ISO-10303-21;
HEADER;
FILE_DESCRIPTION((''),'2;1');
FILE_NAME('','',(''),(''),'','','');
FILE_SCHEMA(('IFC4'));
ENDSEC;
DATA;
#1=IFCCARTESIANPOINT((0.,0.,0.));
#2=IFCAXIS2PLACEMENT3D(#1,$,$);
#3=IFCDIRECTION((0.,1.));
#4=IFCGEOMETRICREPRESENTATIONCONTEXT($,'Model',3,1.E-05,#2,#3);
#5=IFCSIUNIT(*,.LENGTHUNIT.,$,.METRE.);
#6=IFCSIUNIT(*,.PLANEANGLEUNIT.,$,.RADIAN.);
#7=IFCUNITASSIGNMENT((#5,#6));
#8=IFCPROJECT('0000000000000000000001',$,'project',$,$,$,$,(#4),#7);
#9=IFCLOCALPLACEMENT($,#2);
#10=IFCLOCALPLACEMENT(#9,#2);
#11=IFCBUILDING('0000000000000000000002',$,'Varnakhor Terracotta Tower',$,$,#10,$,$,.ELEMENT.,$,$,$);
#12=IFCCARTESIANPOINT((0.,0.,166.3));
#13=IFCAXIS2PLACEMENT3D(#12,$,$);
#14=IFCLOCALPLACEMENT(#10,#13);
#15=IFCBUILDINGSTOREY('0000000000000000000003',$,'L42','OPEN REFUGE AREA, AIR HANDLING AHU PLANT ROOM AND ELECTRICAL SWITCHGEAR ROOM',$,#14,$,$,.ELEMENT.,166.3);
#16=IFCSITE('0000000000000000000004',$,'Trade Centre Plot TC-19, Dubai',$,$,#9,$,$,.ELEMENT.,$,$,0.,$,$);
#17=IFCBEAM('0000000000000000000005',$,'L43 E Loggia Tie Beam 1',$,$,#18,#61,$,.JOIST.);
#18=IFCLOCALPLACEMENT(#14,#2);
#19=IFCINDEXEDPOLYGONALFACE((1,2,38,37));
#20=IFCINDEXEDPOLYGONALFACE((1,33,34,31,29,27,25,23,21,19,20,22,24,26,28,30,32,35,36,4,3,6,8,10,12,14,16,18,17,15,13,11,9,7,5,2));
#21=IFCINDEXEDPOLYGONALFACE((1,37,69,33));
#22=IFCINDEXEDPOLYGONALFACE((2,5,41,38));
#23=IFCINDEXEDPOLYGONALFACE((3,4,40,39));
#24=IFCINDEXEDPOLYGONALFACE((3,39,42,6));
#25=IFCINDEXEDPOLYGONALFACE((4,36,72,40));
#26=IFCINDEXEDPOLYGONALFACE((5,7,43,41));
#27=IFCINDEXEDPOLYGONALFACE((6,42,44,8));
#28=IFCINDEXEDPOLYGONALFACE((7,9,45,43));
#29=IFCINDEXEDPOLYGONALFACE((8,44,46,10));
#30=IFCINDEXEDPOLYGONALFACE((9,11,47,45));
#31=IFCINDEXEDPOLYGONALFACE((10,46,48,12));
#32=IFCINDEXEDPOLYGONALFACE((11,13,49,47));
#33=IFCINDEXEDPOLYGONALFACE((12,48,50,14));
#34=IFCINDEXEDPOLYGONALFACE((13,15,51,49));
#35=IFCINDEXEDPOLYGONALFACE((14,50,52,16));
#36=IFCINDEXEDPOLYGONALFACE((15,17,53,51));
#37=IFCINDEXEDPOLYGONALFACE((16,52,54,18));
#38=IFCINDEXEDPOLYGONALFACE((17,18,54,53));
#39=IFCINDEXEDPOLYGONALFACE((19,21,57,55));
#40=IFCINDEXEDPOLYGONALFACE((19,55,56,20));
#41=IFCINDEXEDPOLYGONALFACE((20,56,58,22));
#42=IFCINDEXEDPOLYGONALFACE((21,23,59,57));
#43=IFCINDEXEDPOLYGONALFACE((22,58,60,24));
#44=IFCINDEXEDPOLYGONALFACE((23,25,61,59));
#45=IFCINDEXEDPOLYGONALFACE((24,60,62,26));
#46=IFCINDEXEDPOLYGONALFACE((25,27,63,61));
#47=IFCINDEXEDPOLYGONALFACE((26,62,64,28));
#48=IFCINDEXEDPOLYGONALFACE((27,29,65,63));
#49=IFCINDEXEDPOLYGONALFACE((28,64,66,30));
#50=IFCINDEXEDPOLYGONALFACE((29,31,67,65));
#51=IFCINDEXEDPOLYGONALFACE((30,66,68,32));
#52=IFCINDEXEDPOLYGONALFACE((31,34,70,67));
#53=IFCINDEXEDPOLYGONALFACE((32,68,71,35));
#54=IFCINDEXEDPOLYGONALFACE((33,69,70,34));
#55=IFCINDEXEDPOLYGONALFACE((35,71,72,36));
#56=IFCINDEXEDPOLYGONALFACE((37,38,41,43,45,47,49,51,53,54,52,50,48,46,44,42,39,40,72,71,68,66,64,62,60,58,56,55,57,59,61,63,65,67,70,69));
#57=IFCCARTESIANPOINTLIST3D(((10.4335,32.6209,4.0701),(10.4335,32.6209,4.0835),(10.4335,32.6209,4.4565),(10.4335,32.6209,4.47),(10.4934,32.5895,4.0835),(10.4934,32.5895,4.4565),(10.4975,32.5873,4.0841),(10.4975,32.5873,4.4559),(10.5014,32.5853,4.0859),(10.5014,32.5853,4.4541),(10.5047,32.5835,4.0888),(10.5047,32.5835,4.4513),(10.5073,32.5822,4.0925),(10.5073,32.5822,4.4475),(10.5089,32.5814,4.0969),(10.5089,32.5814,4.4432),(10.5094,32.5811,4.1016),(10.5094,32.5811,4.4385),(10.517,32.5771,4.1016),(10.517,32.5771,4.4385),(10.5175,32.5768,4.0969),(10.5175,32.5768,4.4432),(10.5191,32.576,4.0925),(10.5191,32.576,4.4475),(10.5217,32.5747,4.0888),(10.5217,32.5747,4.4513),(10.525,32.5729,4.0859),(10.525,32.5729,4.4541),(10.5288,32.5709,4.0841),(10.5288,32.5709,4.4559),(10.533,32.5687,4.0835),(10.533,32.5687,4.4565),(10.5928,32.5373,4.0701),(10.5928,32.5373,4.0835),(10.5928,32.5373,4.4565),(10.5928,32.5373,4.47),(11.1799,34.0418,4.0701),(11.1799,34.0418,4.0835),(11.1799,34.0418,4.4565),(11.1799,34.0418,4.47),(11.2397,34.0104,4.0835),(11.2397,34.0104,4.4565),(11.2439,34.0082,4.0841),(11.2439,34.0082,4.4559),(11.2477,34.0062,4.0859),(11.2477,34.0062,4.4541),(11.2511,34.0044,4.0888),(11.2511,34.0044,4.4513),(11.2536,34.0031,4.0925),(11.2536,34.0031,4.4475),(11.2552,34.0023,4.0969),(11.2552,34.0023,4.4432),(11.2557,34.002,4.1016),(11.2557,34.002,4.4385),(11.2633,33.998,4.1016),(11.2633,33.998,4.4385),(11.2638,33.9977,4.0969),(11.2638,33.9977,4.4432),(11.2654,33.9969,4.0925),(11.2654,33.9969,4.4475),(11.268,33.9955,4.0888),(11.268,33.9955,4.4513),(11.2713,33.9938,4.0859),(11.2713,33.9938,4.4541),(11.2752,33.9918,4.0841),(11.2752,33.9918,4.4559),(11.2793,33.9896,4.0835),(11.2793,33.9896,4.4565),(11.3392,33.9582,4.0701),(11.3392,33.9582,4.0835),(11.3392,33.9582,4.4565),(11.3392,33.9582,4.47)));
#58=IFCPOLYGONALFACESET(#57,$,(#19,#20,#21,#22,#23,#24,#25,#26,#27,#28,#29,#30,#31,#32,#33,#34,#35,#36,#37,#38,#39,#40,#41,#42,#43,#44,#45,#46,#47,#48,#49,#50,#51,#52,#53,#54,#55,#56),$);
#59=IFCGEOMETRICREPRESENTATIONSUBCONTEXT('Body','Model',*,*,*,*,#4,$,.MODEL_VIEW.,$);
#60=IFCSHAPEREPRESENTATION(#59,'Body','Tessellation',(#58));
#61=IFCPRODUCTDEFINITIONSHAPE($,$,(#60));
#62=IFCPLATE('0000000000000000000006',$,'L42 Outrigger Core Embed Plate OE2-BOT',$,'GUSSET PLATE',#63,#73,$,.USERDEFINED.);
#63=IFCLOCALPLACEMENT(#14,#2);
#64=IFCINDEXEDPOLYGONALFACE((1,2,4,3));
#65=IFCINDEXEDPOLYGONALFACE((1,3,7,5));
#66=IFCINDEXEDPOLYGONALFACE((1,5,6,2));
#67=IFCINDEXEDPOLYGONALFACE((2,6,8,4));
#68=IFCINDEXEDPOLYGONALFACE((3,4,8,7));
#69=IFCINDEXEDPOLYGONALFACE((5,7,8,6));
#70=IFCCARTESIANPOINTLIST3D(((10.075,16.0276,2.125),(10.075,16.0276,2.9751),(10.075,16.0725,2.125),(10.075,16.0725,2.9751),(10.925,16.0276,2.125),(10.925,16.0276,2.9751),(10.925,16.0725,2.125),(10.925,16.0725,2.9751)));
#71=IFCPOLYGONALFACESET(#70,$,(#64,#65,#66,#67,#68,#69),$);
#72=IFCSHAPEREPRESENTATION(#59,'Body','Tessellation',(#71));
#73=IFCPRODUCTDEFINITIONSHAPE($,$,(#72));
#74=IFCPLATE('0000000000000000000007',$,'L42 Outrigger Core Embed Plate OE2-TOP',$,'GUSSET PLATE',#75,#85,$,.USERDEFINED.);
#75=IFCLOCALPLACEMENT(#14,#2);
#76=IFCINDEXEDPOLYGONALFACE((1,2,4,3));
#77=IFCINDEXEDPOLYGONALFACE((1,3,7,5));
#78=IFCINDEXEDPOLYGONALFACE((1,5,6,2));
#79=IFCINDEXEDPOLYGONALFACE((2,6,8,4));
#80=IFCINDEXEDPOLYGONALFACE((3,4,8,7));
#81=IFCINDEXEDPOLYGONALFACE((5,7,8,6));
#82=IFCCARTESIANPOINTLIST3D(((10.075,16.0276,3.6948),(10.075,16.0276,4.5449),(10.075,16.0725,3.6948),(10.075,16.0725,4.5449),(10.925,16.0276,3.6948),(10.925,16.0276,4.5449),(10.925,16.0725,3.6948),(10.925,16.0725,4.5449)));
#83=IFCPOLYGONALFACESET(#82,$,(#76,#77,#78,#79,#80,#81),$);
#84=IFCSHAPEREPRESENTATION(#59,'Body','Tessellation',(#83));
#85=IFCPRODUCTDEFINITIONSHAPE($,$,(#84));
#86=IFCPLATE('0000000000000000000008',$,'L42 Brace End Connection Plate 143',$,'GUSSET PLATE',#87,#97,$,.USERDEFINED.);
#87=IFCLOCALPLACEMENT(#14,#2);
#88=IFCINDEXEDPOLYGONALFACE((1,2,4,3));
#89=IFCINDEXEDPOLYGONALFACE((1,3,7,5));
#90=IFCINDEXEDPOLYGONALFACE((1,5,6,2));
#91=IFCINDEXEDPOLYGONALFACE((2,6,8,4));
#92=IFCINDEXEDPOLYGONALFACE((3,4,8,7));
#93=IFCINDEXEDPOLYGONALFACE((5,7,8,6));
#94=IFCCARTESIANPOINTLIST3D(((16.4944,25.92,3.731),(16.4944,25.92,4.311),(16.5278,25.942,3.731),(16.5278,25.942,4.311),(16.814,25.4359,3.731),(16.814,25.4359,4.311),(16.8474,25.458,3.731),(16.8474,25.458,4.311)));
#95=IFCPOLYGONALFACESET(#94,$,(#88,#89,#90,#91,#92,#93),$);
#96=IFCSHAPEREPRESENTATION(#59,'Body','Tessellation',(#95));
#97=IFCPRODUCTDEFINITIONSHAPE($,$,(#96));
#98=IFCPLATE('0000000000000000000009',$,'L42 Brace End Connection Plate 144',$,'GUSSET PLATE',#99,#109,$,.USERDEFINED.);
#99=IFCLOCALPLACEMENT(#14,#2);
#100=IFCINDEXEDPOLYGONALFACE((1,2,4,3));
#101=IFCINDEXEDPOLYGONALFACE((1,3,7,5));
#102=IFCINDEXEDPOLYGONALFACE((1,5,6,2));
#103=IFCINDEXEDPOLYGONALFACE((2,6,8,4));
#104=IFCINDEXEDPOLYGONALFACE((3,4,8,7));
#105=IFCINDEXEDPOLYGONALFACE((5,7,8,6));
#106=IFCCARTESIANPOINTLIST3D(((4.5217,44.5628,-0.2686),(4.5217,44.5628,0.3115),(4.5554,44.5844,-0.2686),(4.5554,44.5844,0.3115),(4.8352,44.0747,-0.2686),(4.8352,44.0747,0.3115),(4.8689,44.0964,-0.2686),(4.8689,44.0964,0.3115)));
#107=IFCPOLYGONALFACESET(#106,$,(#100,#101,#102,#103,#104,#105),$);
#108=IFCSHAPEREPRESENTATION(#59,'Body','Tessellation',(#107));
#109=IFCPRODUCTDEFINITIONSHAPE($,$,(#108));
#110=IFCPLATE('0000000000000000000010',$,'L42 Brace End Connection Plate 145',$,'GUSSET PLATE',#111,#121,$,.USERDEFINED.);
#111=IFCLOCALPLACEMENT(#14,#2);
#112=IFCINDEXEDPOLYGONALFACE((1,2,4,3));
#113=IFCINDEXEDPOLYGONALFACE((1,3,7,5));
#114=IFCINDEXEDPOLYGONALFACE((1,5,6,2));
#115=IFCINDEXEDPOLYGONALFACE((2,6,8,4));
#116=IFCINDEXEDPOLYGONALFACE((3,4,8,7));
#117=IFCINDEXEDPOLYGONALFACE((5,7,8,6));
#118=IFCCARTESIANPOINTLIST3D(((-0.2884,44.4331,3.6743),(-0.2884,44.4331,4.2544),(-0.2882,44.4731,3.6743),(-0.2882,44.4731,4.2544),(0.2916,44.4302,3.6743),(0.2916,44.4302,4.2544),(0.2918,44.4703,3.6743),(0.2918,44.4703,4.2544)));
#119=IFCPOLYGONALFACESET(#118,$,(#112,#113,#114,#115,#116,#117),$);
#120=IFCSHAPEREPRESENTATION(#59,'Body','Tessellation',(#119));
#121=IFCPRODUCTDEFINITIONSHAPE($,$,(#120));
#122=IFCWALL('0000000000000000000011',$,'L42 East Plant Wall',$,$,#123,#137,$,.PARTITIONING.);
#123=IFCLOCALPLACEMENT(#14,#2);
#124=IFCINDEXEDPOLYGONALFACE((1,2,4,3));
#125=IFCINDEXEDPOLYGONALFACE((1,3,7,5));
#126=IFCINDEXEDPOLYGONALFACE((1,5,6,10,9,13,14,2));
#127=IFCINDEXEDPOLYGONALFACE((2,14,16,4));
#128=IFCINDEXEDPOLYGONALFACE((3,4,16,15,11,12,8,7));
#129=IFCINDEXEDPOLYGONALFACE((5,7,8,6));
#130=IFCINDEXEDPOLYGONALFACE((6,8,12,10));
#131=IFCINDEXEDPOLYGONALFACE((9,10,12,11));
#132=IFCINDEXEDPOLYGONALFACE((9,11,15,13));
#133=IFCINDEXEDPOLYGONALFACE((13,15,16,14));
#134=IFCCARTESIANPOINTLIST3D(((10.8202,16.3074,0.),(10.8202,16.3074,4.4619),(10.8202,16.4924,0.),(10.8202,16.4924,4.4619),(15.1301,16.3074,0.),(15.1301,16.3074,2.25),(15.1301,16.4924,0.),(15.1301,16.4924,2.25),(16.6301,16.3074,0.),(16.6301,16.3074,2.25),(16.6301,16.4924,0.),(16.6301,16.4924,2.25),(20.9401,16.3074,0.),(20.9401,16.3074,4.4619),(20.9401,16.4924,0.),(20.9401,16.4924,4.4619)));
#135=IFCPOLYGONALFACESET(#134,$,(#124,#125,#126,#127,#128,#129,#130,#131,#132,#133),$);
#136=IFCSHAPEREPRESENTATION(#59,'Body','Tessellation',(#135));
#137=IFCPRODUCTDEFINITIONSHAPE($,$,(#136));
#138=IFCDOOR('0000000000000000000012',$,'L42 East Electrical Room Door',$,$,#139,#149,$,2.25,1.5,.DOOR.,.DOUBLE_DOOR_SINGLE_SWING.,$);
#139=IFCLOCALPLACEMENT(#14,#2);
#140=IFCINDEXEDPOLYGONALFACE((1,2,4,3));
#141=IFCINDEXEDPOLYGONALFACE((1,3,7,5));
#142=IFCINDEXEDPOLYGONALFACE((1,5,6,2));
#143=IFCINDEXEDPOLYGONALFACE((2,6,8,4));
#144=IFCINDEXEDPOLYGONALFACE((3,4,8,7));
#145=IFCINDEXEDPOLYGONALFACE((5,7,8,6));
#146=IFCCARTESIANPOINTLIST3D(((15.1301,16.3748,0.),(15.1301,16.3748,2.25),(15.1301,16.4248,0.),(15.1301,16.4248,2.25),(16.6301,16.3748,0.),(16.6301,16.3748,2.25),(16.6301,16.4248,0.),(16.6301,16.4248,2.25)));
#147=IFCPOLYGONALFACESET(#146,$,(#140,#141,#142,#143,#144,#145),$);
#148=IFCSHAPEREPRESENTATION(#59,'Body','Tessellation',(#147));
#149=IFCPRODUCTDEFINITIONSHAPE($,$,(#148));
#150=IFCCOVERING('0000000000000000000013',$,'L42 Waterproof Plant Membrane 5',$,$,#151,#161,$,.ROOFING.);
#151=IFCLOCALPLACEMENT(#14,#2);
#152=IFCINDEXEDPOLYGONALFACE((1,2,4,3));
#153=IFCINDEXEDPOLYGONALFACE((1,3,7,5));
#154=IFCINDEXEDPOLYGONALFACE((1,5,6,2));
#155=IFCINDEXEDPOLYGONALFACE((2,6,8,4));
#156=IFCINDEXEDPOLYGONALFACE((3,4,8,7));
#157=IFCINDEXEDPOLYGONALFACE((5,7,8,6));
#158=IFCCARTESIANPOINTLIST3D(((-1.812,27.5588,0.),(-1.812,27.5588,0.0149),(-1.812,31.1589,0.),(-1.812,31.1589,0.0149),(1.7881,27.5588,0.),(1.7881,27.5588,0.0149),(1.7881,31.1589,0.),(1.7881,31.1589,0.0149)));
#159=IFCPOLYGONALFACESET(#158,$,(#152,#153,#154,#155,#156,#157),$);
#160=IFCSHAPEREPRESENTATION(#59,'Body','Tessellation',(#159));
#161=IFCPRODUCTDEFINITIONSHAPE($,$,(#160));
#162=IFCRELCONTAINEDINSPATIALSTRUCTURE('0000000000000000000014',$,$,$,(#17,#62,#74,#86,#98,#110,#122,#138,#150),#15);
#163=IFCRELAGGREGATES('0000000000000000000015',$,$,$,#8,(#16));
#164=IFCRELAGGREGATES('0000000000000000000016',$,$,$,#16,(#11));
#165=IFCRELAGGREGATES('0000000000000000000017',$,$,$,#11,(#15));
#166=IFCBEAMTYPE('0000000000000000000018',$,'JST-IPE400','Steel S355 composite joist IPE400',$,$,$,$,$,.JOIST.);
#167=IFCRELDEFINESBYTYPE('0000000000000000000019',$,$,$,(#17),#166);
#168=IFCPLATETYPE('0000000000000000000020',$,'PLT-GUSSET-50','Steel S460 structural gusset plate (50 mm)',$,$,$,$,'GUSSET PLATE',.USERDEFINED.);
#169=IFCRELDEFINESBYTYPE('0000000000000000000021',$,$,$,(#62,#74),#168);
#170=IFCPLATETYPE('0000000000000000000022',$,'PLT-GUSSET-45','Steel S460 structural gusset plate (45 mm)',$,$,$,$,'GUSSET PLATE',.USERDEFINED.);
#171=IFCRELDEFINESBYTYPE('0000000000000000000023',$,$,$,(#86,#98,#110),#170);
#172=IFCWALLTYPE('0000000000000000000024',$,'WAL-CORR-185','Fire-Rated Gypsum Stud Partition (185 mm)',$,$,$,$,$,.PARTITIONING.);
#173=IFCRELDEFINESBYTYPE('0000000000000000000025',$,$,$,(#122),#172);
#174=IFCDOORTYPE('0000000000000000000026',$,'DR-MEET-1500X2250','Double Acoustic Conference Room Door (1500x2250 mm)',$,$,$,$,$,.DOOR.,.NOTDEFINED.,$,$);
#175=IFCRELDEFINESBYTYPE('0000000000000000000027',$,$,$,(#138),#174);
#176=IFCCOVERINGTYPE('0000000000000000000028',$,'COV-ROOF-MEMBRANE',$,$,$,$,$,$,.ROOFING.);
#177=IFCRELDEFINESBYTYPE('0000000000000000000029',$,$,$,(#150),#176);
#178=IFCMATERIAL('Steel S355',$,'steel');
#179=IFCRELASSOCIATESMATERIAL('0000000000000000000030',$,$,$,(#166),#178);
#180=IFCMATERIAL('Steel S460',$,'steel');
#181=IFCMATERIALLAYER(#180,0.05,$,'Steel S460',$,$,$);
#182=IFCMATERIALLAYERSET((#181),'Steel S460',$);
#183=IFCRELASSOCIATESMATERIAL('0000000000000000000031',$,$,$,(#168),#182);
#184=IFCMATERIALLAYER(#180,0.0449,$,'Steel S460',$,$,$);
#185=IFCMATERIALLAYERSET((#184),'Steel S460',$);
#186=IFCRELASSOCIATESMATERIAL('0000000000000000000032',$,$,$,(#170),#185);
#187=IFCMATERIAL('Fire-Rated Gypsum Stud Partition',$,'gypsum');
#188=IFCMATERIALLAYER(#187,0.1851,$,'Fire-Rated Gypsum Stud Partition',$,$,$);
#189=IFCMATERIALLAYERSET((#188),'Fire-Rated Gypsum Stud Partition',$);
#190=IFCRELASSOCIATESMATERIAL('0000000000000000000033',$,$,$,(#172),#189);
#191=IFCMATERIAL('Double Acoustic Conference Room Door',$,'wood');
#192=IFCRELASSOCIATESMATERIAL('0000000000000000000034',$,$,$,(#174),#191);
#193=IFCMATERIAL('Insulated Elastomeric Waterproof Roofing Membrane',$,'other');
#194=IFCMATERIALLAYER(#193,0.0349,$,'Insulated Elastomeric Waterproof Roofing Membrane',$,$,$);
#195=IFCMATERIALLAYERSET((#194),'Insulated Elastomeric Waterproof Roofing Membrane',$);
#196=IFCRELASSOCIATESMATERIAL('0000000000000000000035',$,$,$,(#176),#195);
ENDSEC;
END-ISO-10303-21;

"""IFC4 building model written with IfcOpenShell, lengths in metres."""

from ifc_helpers import new_model, si_unit, direction, frame, frame_2d, origin, origin_2d, place, context, subcontext, project, spatial, rectangle, i_section, extrude, source, transform, mapped, material, layer, layer_set, material_profile, profile_set, type_object, type_shapes, element, fill, save


model = new_model("IFC4")

# Units and contexts
model_context = context("Model", 3, precision=1e-05, world=origin(), true_north=direction((0.0, 1.0)))
body_context = subcontext(model_context, "Body", "Model", "MODEL_VIEW")
ifc_project = project(units=[si_unit("LENGTHUNIT", "METRE"), si_unit("PLANEANGLEUNIT", "RADIAN")], contexts=[model_context])

# Site, building, storey
site_placement = place(None, origin())
site = spatial("IfcSite", under=ifc_project, at=site_placement, Name="Trade Centre Plot TC-19, Dubai", CompositionType="ELEMENT", RefElevation=0.0)
building_placement = place(site_placement, origin())
building = spatial("IfcBuilding", under=site, at=building_placement, Name="Varnakhor Terracotta Tower", CompositionType="ELEMENT")
storey_placement = place(building_placement, frame((0.0, 0.0, 166.3)))
storey = spatial("IfcBuildingStorey", under=building, at=storey_placement, Name="L42", Description="OPEN REFUGE AREA, AIR HANDLING AHU PLANT ROOM AND ELECTRICAL SWITCHGEAR ROOM", CompositionType="ELEMENT", Elevation=166.3)

# Shared definitions
ifc_material_1 = material(Name="Steel S460", Category="steel")

# Shared definitions
ifc_material_2 = material(Name="Steel S355", Category="steel")
ifc_material_profile_1 = material_profile(ifc_material_2, i_section(OverallWidth=0.1799, OverallDepth=0.3999, WebThickness=0.0085, FlangeThickness=0.0134, FilletRadius=0.0181, at=origin_2d()), Name="IPE400")
ifc_profile_set_1 = profile_set([ifc_material_profile_1], Name="Steel S355")
beam_type_1 = type_object("IfcBeamType", Name="JST-IPE400", Description="Steel S355 composite joist IPE400", PredefinedType="JOIST", material=ifc_profile_set_1)

# Beam
shared_shape_1 = source(origin(), body_context, "Body", "SweptSolid", [
    extrude(i_section(OverallWidth=0.1799, OverallDepth=0.3999, WebThickness=0.0085, FlangeThickness=0.0134, FilletRadius=0.0181, at=origin_2d()), origin(), (0.0, 0.0, 1.0), 1.605),
])
beam_1_placement = place(storey_placement, frame((10.5132, 32.5791, 4.27), z_axis=(0.465013, 0.885304, 0.0), x_axis=(-0.885304, 0.465013, 0.0)))
element("IfcBeam", 1, at=beam_1_placement, inside=storey, type_object=beam_type_1, Name="L43 E Loggia Tie Beam 1", PredefinedType="JOIST", context=body_context, shape_type="MappedRepresentation", body=[
    mapped(shared_shape_1, transform((0.0, 0.0, 0.0), scale=1.0)),
])

# Plates
ifc_layer_1 = layer(ifc_material_1, 0.05, Name="Steel S460")
ifc_layer_set_1 = layer_set([ifc_layer_1], Name="Steel S460")
plate_type_1 = type_object("IfcPlateType", Name="PLT-GUSSET-50", Description="Steel S460 structural gusset plate (50 mm)", ElementType="GUSSET PLATE", PredefinedType="USERDEFINED", material=ifc_layer_set_1)
shared_shape_2 = source(origin(), body_context, "Body", "SweptSolid", [
    extrude(rectangle(XDim=0.8501, YDim=0.0449, at=origin_2d()), origin(), (0.0, 0.0, 1.0), 0.8501),
])
for number, where, z_axis, x_axis, name in (
    (2, (10.5, 16.05, 2.125), (0.0, 0.0, 1.0), (1.0, 0.0, 0.0), "L42 Outrigger Core Embed Plate OE2-BOT"),
    (3, (10.5, 16.05, 3.6948), (0.0, 0.0, 1.0), (1.0, 0.0, 0.0), "L42 Outrigger Core Embed Plate OE2-TOP"),
):
    element("IfcPlate", number, at=place(storey_placement, frame(where, z_axis=z_axis, x_axis=x_axis)), inside=storey, type_object=plate_type_1, Name=name, ObjectType="GUSSET PLATE", PredefinedType="USERDEFINED", context=body_context, shape_type="MappedRepresentation", body=[
        mapped(shared_shape_2, transform((0.0, 0.0, 0.0), scale=1.0)),
    ])
ifc_layer_2 = layer(ifc_material_1, 0.0449, Name="Steel S460")
ifc_layer_set_2 = layer_set([ifc_layer_2], Name="Steel S460")
plate_type_2 = type_object("IfcPlateType", Name="PLT-GUSSET-45", Description="Steel S460 structural gusset plate (45 mm)", ElementType="GUSSET PLATE", PredefinedType="USERDEFINED", material=ifc_layer_set_2)
shared_shape_3 = source(origin(), body_context, "Body", "SweptSolid", [
    extrude(rectangle(XDim=0.5801, YDim=0.04, at=origin_2d()), origin(), (0.0, 0.0, 1.0), 0.5801),
])
for number, where, z_axis, x_axis, name in (
    (4, (16.6709, 25.689, 3.731), (0.0, 0.0, 1.0), (-0.551005, 0.834502, 0.0), "L42 Brace End Connection Plate 143"),
    (5, (4.6953, 44.3296, -0.2686), (0.0, 0.0, 1.0), (0.540461, -0.841369, 0.0), "L42 Brace End Connection Plate 144"),
    (6, (0.0017, 44.4517, 3.6743), (0.0, 0.0, 1.0), (-0.999988, 0.004887, 0.0), "L42 Brace End Connection Plate 145"),
):
    element("IfcPlate", number, at=place(storey_placement, frame(where, z_axis=z_axis, x_axis=x_axis)), inside=storey, type_object=plate_type_2, Name=name, ObjectType="GUSSET PLATE", PredefinedType="USERDEFINED", context=body_context, shape_type="MappedRepresentation", body=[
        mapped(shared_shape_3, transform((0.0, 0.0, 0.0), scale=1.0)),
    ])

# Wall, opening, door
ifc_material_3 = material(Name="Fire-Rated Gypsum Stud Partition", Category="gypsum")
ifc_layer_3 = layer(ifc_material_3, 0.1851, Name="Fire-Rated Gypsum Stud Partition")
ifc_layer_set_3 = layer_set([ifc_layer_3], Name="Fire-Rated Gypsum Stud Partition")
wall_type = type_object("IfcWallType", Name="WAL-CORR-185", Description="Fire-Rated Gypsum Stud Partition (185 mm)", PredefinedType="PARTITIONING", material=ifc_layer_set_3)
wall_placement = place(storey_placement, frame((10.8201, 16.3999, 0.0), z_axis=(0.0, 0.0, 1.0), x_axis=(1.0, 0.0, 0.0)))
wall = element("IfcWall", 7, at=wall_placement, inside=storey, type_object=wall_type, Name="L42 East Plant Wall", PredefinedType="PARTITIONING", context=body_context, shape_type="SweptSolid", body=[
    extrude(rectangle(XDim=10.1199, YDim=0.1851, at=frame_2d((5.0601, 0.0))), origin(), (0.0, 0.0, 1.0), 4.4619),
])
opening_placement = place(wall_placement, frame((4.3101, 0.0, 0.0)))
opening = element("IfcOpeningElement", 8, at=opening_placement, cuts=wall, PredefinedType="OPENING", context=body_context, shape_type="SweptSolid", body=[
    extrude(rectangle(XDim=1.5, YDim=2.25, at=frame_2d((0.75, 1.125))), frame((0.0, 0.1025, 0.0), z_axis=(0.0, -1.0, 0.0), x_axis=(1.0, 0.0, 0.0)), (0.0, 0.0, 1.0), 0.2051),
])
ifc_material_4 = material(Name="Double Acoustic Conference Room Door", Category="wood")
door_type = type_object("IfcDoorType", Name="DR-MEET-1500X2250", Description="Double Acoustic Conference Room Door (1500x2250 mm)", OperationType="NOTDEFINED", PredefinedType="DOOR", material=ifc_material_4)
shared_shape_4 = source(origin(), body_context, "Body", "SweptSolid", [
    extrude(rectangle(XDim=1.5, YDim=2.25, at=frame_2d((0.75, 1.125))), frame((0.0, 0.0249, 0.0), z_axis=(0.0, -1.0, 0.0), x_axis=(1.0, 0.0, 0.0)), (0.0, 0.0, 1.0), 0.05),
])
type_shapes(door_type, [shared_shape_4])
door_placement = place(opening_placement, origin())
door = element("IfcDoor", 9, at=door_placement, inside=storey, type_object=door_type, Name="L42 East Electrical Room Door", OperationType="DOUBLE_DOOR_SINGLE_SWING", OverallHeight=2.25, OverallWidth=1.5, PredefinedType="DOOR", context=body_context, shape_type="MappedRepresentation", body=[
    mapped(shared_shape_4, transform((0.0, 0.0, 0.0), scale=1.0)),
])
fill(opening, door)

# Covering
ifc_material_5 = material(Name="Insulated Elastomeric Waterproof Roofing Membrane", Category="other")
ifc_layer_4 = layer(ifc_material_5, 0.0349, Name="Insulated Elastomeric Waterproof Roofing Membrane")
ifc_layer_set_4 = layer_set([ifc_layer_4], Name="Insulated Elastomeric Waterproof Roofing Membrane")
covering_type = type_object("IfcCoveringType", Name="COV-ROOF-MEMBRANE", PredefinedType="ROOFING", material=ifc_layer_set_4)
shared_shape_5 = source(origin(), body_context, "Body", "SweptSolid", [
    extrude(rectangle(XDim=3.6001, YDim=3.6001, at=origin_2d()), origin(), (0.0, 0.0, 1.0), 0.0149),
])
type_shapes(covering_type, [shared_shape_5])
covering_placement = place(storey_placement, frame((-0.012, 29.3589, 0.0), z_axis=(0.0, 0.0, 1.0), x_axis=(1.0, 0.0, 0.0)))
element("IfcCovering", 10, at=covering_placement, inside=storey, type_object=covering_type, Name="L42 Waterproof Plant Membrane 5", PredefinedType="ROOFING", context=body_context, shape_type="MappedRepresentation", body=[
    mapped(shared_shape_5, transform((0.0, 0.0, 0.0), scale=1.0)),
])

save(model, "model.ifc")
